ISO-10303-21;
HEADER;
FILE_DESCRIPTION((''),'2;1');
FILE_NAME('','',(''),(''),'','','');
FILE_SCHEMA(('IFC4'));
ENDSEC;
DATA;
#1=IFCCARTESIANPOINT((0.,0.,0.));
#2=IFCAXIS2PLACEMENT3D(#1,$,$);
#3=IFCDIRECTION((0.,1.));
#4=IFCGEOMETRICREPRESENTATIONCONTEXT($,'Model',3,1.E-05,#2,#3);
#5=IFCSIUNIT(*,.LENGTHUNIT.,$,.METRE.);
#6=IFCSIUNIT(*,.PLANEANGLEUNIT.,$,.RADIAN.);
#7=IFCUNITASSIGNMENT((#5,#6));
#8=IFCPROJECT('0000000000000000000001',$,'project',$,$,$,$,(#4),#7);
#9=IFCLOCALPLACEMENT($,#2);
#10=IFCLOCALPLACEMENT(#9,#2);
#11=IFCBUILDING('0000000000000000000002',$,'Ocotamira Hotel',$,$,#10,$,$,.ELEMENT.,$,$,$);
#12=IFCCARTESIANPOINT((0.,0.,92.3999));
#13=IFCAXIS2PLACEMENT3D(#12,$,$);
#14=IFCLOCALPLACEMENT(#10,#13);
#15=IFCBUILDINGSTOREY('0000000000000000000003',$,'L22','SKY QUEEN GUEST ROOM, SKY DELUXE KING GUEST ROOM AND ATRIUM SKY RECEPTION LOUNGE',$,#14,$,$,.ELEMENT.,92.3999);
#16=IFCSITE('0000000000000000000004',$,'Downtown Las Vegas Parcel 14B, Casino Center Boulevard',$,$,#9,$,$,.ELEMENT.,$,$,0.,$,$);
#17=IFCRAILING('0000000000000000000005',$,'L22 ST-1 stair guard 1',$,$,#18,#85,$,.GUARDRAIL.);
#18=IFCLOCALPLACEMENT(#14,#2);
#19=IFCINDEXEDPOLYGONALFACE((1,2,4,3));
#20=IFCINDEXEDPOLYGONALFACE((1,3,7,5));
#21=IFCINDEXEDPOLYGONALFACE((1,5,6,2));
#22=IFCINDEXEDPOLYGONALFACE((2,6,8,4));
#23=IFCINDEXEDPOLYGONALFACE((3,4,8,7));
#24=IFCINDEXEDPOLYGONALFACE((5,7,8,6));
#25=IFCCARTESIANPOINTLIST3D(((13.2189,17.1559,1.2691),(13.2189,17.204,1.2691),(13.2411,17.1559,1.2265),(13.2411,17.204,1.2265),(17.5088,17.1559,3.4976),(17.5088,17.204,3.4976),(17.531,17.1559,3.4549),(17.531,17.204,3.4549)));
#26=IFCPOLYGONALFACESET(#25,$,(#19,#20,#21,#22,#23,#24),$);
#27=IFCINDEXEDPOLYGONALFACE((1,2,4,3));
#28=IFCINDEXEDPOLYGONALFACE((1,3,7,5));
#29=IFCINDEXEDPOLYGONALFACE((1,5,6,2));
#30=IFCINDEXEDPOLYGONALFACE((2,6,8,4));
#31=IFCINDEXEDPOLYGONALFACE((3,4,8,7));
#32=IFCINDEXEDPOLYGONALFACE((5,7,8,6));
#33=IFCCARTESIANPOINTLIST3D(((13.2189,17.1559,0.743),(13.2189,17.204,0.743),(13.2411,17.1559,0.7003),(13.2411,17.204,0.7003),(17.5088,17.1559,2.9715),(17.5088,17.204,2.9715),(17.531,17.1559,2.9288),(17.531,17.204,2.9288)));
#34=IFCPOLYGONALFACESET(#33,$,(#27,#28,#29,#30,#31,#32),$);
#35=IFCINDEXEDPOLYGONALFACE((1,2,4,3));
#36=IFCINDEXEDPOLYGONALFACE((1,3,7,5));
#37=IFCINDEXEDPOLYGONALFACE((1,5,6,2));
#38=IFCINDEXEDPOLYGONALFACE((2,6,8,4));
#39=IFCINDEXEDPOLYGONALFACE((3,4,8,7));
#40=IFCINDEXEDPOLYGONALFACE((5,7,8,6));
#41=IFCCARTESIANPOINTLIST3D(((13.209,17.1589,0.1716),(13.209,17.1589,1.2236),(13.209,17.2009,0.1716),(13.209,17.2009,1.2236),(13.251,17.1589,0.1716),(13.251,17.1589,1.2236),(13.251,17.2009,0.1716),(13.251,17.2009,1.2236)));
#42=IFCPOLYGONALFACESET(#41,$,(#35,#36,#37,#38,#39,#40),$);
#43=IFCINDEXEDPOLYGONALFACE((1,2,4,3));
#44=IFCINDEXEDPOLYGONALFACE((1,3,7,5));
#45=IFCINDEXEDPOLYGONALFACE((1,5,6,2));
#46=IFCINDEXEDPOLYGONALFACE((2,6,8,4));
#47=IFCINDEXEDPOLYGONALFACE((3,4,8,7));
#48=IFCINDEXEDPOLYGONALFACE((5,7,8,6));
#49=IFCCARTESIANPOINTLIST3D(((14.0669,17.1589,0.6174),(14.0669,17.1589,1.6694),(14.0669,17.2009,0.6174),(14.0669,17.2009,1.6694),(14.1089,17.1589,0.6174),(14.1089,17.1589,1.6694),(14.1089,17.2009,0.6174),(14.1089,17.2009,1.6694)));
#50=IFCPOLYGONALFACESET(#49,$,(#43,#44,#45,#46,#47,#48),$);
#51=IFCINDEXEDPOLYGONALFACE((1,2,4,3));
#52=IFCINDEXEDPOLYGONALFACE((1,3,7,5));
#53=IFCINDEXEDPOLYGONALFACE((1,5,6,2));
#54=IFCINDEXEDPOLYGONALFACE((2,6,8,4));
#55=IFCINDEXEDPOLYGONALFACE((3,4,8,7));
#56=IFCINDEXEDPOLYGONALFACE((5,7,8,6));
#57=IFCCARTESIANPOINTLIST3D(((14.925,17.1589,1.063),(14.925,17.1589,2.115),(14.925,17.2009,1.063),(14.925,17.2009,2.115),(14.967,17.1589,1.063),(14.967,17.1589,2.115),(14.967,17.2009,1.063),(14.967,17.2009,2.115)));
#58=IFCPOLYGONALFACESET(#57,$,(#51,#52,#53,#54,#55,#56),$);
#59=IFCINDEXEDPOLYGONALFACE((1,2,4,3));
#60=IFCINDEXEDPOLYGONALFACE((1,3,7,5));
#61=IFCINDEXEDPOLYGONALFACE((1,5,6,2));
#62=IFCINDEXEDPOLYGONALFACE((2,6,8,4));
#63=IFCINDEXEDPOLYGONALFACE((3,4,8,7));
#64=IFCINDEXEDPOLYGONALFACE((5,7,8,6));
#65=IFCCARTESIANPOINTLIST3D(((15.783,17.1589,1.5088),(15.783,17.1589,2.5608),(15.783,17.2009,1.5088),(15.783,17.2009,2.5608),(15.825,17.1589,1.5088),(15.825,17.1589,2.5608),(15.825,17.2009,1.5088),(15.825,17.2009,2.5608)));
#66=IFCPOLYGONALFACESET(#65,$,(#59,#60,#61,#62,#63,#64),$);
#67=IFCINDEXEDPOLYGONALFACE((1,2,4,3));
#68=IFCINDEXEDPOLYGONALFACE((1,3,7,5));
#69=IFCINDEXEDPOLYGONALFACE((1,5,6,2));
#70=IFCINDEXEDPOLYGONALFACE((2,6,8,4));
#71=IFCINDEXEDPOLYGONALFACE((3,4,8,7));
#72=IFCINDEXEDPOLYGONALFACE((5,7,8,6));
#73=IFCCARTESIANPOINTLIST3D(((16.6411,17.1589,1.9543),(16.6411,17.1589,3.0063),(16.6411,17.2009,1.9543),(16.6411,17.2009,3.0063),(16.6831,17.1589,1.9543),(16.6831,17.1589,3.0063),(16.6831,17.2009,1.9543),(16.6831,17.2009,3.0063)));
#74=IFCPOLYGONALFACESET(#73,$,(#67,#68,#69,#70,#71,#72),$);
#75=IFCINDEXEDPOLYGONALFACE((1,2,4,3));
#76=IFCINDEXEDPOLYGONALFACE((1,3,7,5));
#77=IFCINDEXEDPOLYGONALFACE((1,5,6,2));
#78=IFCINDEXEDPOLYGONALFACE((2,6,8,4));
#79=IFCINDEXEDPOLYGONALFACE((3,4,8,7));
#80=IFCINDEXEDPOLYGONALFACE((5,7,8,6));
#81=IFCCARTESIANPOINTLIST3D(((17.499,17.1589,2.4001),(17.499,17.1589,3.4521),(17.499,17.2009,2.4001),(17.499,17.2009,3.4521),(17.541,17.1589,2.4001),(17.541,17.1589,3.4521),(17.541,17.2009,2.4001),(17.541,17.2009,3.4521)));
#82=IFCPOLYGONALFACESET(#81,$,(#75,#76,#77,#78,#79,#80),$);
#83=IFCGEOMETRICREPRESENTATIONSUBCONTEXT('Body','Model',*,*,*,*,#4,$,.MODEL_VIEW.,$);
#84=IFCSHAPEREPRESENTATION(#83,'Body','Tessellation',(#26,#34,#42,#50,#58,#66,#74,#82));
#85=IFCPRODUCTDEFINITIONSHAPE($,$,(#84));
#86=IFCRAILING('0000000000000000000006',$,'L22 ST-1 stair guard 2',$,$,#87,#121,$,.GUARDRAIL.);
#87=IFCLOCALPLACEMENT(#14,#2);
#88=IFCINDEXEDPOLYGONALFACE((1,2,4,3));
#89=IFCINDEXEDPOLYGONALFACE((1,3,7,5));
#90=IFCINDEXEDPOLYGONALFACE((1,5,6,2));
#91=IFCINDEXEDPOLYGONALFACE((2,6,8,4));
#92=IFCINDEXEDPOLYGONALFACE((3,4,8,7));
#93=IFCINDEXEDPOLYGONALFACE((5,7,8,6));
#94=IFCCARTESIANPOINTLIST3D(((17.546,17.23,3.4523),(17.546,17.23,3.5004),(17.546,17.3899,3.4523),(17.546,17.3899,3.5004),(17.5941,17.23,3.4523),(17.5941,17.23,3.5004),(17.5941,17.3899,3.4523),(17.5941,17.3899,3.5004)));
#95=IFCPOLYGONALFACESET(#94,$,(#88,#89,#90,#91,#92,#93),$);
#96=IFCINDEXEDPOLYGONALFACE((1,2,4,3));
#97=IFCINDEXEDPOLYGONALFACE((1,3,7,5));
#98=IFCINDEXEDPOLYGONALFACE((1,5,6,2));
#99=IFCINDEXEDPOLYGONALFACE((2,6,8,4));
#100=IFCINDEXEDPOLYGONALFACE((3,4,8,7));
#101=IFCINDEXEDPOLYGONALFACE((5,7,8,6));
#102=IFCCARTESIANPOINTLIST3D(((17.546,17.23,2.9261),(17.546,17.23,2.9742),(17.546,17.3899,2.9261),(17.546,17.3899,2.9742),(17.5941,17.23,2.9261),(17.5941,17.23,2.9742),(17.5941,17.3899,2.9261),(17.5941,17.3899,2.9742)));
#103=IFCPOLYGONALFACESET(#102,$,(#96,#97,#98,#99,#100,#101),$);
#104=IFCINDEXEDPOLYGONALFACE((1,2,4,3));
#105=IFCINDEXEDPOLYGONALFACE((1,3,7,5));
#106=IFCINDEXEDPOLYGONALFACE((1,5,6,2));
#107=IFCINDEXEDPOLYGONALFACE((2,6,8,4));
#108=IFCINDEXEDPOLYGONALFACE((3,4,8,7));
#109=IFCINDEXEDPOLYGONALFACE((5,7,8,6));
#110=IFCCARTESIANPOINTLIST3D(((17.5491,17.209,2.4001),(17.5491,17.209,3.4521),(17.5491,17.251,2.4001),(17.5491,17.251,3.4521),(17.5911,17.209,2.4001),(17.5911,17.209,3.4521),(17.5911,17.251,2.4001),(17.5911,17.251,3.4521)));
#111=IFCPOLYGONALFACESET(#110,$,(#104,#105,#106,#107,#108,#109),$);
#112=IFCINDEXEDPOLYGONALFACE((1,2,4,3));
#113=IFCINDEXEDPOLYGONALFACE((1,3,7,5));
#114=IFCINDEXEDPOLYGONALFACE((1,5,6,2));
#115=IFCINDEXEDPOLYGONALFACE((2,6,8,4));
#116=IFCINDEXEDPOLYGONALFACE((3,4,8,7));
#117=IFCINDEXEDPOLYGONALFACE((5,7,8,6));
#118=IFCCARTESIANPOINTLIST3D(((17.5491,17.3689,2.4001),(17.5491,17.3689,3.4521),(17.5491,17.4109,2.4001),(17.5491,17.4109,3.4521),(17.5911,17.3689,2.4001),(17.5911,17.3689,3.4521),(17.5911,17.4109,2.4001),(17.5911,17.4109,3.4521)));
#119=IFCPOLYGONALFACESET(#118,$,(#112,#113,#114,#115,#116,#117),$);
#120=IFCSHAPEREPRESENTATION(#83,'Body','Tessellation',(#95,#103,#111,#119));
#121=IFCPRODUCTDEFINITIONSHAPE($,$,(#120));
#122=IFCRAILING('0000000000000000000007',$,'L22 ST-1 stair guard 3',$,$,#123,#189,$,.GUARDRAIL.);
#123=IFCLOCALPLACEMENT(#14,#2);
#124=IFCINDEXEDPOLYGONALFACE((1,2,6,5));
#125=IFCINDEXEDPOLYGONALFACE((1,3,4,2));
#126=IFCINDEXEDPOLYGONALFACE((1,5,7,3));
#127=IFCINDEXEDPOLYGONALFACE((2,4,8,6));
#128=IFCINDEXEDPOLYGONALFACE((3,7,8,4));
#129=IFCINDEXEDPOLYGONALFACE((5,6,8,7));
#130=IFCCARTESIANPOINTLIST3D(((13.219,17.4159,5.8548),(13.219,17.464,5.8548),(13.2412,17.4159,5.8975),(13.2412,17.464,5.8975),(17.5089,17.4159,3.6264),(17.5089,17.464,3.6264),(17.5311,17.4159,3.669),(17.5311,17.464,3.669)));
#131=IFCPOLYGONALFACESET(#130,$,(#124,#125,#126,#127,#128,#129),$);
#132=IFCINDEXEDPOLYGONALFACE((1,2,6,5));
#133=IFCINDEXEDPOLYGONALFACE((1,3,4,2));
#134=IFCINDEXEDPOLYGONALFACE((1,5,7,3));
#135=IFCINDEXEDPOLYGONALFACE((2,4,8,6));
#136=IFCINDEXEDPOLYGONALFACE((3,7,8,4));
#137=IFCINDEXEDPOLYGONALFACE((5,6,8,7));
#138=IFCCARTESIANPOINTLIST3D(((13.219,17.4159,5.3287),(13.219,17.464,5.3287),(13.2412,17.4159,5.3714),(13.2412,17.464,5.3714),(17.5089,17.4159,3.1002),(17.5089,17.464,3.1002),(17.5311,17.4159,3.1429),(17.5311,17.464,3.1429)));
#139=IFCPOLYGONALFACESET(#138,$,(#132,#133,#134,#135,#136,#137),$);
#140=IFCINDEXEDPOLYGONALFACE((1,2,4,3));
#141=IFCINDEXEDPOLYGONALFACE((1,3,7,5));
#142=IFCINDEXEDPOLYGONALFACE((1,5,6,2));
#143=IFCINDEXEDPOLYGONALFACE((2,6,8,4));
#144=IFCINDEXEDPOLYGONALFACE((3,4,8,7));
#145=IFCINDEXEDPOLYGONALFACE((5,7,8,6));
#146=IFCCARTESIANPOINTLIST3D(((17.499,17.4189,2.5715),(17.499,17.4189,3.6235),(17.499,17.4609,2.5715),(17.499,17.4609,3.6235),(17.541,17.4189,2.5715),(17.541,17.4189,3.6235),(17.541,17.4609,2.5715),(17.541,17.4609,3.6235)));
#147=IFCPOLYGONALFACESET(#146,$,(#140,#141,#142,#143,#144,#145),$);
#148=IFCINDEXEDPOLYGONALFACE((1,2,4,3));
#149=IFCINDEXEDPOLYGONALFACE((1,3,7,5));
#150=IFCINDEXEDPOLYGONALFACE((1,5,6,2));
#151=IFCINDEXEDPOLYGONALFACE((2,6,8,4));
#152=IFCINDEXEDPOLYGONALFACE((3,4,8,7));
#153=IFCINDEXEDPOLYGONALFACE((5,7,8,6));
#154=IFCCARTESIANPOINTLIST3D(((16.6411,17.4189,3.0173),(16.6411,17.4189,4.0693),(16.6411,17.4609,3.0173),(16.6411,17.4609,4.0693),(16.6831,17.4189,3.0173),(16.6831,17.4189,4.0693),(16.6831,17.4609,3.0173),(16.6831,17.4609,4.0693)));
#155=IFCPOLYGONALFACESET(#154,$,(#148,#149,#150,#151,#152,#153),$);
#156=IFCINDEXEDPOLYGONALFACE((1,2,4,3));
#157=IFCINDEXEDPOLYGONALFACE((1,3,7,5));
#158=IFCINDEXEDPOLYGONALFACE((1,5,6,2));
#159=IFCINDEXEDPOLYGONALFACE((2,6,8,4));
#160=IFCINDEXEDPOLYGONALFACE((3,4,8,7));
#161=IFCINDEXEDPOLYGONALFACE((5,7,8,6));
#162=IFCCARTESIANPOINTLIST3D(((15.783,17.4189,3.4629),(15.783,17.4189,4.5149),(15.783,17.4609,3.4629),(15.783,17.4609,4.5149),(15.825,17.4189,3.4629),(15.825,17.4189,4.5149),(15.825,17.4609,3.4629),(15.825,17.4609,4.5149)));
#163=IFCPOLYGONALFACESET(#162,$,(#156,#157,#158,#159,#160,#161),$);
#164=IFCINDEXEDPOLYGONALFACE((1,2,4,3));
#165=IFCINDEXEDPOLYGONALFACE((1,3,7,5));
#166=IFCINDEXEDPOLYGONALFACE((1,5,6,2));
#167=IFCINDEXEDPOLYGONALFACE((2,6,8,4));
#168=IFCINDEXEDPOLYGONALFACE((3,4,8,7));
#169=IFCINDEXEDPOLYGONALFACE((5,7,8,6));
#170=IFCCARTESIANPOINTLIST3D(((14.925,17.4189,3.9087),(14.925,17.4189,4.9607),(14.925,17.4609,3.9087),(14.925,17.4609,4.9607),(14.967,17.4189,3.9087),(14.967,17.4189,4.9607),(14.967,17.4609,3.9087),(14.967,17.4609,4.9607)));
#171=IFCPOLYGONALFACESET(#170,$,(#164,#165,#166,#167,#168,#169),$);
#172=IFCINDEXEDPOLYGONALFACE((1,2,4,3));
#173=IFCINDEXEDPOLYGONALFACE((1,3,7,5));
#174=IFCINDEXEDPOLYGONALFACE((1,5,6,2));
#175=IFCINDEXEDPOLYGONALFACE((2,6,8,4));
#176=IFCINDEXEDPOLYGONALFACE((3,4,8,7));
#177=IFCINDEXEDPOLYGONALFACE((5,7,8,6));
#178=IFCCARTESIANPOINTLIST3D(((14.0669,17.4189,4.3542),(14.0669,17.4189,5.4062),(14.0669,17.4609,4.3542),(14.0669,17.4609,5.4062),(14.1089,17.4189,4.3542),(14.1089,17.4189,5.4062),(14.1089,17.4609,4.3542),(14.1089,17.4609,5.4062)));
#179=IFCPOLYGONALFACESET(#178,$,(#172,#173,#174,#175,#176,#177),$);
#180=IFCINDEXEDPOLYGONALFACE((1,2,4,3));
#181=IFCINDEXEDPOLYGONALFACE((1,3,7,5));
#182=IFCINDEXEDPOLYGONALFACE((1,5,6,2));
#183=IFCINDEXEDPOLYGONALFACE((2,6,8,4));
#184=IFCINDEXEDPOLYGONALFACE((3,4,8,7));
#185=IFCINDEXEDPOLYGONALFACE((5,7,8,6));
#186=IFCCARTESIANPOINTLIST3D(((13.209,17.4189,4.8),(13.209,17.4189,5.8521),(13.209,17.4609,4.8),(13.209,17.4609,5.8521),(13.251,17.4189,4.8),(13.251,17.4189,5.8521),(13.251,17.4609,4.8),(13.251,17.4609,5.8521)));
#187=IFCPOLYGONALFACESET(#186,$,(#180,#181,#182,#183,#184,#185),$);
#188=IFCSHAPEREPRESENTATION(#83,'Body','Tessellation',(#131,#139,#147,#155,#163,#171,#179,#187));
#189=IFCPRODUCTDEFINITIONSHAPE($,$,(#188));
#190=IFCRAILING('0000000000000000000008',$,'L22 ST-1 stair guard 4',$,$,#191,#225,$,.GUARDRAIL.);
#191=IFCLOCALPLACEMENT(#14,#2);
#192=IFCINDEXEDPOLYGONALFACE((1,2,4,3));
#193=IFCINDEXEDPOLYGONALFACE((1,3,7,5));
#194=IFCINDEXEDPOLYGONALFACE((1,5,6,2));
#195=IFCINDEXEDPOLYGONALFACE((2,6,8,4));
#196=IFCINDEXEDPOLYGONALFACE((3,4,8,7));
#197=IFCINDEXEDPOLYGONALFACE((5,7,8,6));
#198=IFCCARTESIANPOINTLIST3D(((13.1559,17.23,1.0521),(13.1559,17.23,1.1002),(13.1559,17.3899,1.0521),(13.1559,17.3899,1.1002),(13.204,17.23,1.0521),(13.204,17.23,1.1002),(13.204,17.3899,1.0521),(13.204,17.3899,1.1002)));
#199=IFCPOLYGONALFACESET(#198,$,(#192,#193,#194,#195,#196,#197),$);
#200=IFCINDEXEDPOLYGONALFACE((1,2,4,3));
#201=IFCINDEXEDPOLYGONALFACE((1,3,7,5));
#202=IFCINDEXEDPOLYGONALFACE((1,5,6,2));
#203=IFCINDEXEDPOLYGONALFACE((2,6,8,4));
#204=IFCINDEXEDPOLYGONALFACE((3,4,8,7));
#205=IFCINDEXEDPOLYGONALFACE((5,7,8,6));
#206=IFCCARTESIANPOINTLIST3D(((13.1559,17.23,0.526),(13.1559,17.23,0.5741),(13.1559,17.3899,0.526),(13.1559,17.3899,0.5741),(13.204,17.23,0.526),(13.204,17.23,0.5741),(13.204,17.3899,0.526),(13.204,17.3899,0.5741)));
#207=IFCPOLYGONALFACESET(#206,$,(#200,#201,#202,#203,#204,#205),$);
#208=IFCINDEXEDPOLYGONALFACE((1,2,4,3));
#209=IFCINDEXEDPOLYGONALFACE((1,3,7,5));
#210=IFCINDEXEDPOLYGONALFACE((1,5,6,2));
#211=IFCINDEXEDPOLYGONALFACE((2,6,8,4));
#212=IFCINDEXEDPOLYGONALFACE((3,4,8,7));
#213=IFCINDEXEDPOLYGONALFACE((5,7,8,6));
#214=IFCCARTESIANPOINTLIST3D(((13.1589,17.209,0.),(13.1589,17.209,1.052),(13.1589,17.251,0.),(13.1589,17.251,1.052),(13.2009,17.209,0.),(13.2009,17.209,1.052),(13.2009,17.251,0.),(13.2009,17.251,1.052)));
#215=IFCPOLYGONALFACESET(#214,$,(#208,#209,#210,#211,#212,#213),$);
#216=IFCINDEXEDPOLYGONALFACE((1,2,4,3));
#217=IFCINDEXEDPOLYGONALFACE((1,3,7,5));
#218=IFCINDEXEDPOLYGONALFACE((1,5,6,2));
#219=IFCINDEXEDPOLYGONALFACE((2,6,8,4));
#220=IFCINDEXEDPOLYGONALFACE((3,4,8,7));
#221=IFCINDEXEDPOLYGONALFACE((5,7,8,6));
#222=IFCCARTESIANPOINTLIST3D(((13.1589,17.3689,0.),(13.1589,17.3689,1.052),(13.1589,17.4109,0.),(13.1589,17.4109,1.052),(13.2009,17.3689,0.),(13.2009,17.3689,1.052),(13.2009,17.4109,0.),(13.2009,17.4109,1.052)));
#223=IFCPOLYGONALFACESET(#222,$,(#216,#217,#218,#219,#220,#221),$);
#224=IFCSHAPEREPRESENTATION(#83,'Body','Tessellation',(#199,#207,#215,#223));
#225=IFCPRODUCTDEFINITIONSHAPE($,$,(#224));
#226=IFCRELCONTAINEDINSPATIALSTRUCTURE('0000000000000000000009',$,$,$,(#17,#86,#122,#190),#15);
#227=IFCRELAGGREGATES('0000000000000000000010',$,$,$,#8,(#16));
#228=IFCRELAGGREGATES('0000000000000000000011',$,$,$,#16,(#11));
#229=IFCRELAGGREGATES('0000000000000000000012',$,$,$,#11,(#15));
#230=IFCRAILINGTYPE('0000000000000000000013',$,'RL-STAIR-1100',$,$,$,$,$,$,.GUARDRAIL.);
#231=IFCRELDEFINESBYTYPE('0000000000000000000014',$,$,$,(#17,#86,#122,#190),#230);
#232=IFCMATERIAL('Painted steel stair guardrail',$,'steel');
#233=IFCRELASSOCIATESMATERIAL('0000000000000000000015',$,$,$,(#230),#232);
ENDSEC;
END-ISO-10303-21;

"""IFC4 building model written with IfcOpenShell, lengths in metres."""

from ifc_helpers import new_model, si_unit, direction, frame, origin, origin_2d, place, context, subcontext, project, spatial, rectangle, extrude, material, type_object, element, save


model = new_model("IFC4")

# Units and contexts
model_context = context("Model", 3, precision=1e-05, world=origin(), true_north=direction((0.0, 1.0)))
body_context = subcontext(model_context, "Body", "Model", "MODEL_VIEW")
ifc_project = project(units=[si_unit("LENGTHUNIT", "METRE"), si_unit("PLANEANGLEUNIT", "RADIAN")], contexts=[model_context])

# Site, building, storey
site_placement = place(None, origin())
site = spatial("IfcSite", under=ifc_project, at=site_placement, Name="Downtown Las Vegas Parcel 14B, Casino Center Boulevard", CompositionType="ELEMENT", RefElevation=0.0)
building_placement = place(site_placement, origin())
building = spatial("IfcBuilding", under=site, at=building_placement, Name="Ocotamira Hotel", CompositionType="ELEMENT")
storey_placement = place(building_placement, frame((0.0, 0.0, 92.3999)))
storey = spatial("IfcBuildingStorey", under=building, at=storey_placement, Name="L22", Description="SKY QUEEN GUEST ROOM, SKY DELUXE KING GUEST ROOM AND ATRIUM SKY RECEPTION LOUNGE", CompositionType="ELEMENT", Elevation=92.3999)

# Railings
ifc_material_1 = material(Name="Painted steel stair guardrail", Category="steel")
railing_type_1 = type_object("IfcRailingType", Name="RL-STAIR-1100", PredefinedType="GUARDRAIL", material=ifc_material_1)
railing_1_placement = place(storey_placement, frame((13.23, 17.1799, 0.1716)))
element("IfcRailing", 1, at=railing_1_placement, inside=storey, type_object=railing_type_1, Name="L22 ST-1 stair guard 1", PredefinedType="GUARDRAIL", context=body_context, shape_type="SweptSolid", body=[
    extrude(rectangle(XDim=0.0481, YDim=0.0481, at=origin_2d()), frame((0.0, 0.0, 1.0762), z_axis=(0.887412, 0.0, 0.460977), x_axis=(0.0, 1.0, 0.0)), (0.0, 0.0, 1.0), 4.8342),
    extrude(rectangle(XDim=0.0481, YDim=0.0481, at=origin_2d()), frame((0.0, 0.0, 0.55), z_axis=(0.887412, 0.0, 0.460977), x_axis=(0.0, 1.0, 0.0)), (0.0, 0.0, 1.0), 4.8342),
    extrude(rectangle(XDim=0.042, YDim=0.042, at=origin_2d()), origin(), (0.0, 0.0, 1.0), 1.052),
    extrude(rectangle(XDim=0.042, YDim=0.042, at=origin_2d()), frame((0.8579, 0.0, 0.4458)), (0.0, 0.0, 1.0), 1.052),
    extrude(rectangle(XDim=0.042, YDim=0.042, at=origin_2d()), frame((1.7161, 0.0, 0.8914)), (0.0, 0.0, 1.0), 1.052),
    extrude(rectangle(XDim=0.042, YDim=0.042, at=origin_2d()), frame((2.574, 0.0, 1.3372)), (0.0, 0.0, 1.0), 1.052),
    extrude(rectangle(XDim=0.042, YDim=0.042, at=origin_2d()), frame((3.4321, 0.0, 1.7827)), (0.0, 0.0, 1.0), 1.052),
    extrude(rectangle(XDim=0.042, YDim=0.042, at=origin_2d()), frame((4.29, 0.0, 2.2285)), (0.0, 0.0, 1.0), 1.052),
])
railing_2_placement = place(storey_placement, frame((17.5701, 17.23, 2.4001)))
element("IfcRailing", 2, at=railing_2_placement, inside=storey, type_object=railing_type_1, Name="L22 ST-1 stair guard 2", PredefinedType="GUARDRAIL", context=body_context, shape_type="SweptSolid", body=[
    extrude(rectangle(XDim=0.0481, YDim=0.0481, at=origin_2d()), frame((0.0, 0.0, 1.0762), z_axis=(0.0, 1.0, 0.0), x_axis=(-1.0, 0.0, 0.0)), (0.0, 0.0, 1.0), 0.1599),
    extrude(rectangle(XDim=0.0481, YDim=0.0481, at=origin_2d()), frame((0.0, 0.0, 0.55), z_axis=(0.0, 1.0, 0.0), x_axis=(-1.0, 0.0, 0.0)), (0.0, 0.0, 1.0), 0.1599),
    extrude(rectangle(XDim=0.042, YDim=0.042, at=origin_2d()), origin(), (0.0, 0.0, 1.0), 1.052),
    extrude(rectangle(XDim=0.042, YDim=0.042, at=origin_2d()), frame((0.0, 0.1599, 0.0)), (0.0, 0.0, 1.0), 1.052),
])
railing_3_placement = place(storey_placement, frame((17.52, 17.4399, 2.5715)))
element("IfcRailing", 3, at=railing_3_placement, inside=storey, type_object=railing_type_1, Name="L22 ST-1 stair guard 3", PredefinedType="GUARDRAIL", context=body_context, shape_type="SweptSolid", body=[
    extrude(rectangle(XDim=0.0481, YDim=0.0481, at=origin_2d()), frame((0.0, 0.0, 1.0762), z_axis=(-0.887412, 0.0, 0.460977), x_axis=(0.0, -1.0, 0.0)), (0.0, 0.0, 1.0), 4.8342),
    extrude(rectangle(XDim=0.0481, YDim=0.0481, at=origin_2d()), frame((0.0, 0.0, 0.55), z_axis=(-0.887412, 0.0, 0.460977), x_axis=(0.0, -1.0, 0.0)), (0.0, 0.0, 1.0), 4.8342),
    extrude(rectangle(XDim=0.042, YDim=0.042, at=origin_2d()), origin(), (0.0, 0.0, 1.0), 1.052),
    extrude(rectangle(XDim=0.042, YDim=0.042, at=origin_2d()), frame((-0.8579, 0.0, 0.4458)), (0.0, 0.0, 1.0), 1.052),
    extrude(rectangle(XDim=0.042, YDim=0.042, at=origin_2d()), frame((-1.7161, 0.0, 0.8914)), (0.0, 0.0, 1.0), 1.052),
    extrude(rectangle(XDim=0.042, YDim=0.042, at=origin_2d()), frame((-2.574, 0.0, 1.3372)), (0.0, 0.0, 1.0), 1.052),
    extrude(rectangle(XDim=0.042, YDim=0.042, at=origin_2d()), frame((-3.4321, 0.0, 1.7827)), (0.0, 0.0, 1.0), 1.052),
    extrude(rectangle(XDim=0.042, YDim=0.042, at=origin_2d()), frame((-4.29, 0.0, 2.2285)), (0.0, 0.0, 1.0), 1.052),
])
railing_4_placement = place(storey_placement, frame((13.1799, 17.23, 0.0)))
element("IfcRailing", 4, at=railing_4_placement, inside=storey, type_object=railing_type_1, Name="L22 ST-1 stair guard 4", PredefinedType="GUARDRAIL", context=body_context, shape_type="SweptSolid", body=[
    extrude(rectangle(XDim=0.0481, YDim=0.0481, at=origin_2d()), frame((0.0, 0.0, 1.0762), z_axis=(0.0, 1.0, 0.0), x_axis=(-1.0, 0.0, 0.0)), (0.0, 0.0, 1.0), 0.1599),
    extrude(rectangle(XDim=0.0481, YDim=0.0481, at=origin_2d()), frame((0.0, 0.0, 0.55), z_axis=(0.0, 1.0, 0.0), x_axis=(-1.0, 0.0, 0.0)), (0.0, 0.0, 1.0), 0.1599),
    extrude(rectangle(XDim=0.042, YDim=0.042, at=origin_2d()), origin(), (0.0, 0.0, 1.0), 1.052),
    extrude(rectangle(XDim=0.042, YDim=0.042, at=origin_2d()), frame((0.0, 0.1599, 0.0)), (0.0, 0.0, 1.0), 1.052),
])

save(model, "model.ifc")
